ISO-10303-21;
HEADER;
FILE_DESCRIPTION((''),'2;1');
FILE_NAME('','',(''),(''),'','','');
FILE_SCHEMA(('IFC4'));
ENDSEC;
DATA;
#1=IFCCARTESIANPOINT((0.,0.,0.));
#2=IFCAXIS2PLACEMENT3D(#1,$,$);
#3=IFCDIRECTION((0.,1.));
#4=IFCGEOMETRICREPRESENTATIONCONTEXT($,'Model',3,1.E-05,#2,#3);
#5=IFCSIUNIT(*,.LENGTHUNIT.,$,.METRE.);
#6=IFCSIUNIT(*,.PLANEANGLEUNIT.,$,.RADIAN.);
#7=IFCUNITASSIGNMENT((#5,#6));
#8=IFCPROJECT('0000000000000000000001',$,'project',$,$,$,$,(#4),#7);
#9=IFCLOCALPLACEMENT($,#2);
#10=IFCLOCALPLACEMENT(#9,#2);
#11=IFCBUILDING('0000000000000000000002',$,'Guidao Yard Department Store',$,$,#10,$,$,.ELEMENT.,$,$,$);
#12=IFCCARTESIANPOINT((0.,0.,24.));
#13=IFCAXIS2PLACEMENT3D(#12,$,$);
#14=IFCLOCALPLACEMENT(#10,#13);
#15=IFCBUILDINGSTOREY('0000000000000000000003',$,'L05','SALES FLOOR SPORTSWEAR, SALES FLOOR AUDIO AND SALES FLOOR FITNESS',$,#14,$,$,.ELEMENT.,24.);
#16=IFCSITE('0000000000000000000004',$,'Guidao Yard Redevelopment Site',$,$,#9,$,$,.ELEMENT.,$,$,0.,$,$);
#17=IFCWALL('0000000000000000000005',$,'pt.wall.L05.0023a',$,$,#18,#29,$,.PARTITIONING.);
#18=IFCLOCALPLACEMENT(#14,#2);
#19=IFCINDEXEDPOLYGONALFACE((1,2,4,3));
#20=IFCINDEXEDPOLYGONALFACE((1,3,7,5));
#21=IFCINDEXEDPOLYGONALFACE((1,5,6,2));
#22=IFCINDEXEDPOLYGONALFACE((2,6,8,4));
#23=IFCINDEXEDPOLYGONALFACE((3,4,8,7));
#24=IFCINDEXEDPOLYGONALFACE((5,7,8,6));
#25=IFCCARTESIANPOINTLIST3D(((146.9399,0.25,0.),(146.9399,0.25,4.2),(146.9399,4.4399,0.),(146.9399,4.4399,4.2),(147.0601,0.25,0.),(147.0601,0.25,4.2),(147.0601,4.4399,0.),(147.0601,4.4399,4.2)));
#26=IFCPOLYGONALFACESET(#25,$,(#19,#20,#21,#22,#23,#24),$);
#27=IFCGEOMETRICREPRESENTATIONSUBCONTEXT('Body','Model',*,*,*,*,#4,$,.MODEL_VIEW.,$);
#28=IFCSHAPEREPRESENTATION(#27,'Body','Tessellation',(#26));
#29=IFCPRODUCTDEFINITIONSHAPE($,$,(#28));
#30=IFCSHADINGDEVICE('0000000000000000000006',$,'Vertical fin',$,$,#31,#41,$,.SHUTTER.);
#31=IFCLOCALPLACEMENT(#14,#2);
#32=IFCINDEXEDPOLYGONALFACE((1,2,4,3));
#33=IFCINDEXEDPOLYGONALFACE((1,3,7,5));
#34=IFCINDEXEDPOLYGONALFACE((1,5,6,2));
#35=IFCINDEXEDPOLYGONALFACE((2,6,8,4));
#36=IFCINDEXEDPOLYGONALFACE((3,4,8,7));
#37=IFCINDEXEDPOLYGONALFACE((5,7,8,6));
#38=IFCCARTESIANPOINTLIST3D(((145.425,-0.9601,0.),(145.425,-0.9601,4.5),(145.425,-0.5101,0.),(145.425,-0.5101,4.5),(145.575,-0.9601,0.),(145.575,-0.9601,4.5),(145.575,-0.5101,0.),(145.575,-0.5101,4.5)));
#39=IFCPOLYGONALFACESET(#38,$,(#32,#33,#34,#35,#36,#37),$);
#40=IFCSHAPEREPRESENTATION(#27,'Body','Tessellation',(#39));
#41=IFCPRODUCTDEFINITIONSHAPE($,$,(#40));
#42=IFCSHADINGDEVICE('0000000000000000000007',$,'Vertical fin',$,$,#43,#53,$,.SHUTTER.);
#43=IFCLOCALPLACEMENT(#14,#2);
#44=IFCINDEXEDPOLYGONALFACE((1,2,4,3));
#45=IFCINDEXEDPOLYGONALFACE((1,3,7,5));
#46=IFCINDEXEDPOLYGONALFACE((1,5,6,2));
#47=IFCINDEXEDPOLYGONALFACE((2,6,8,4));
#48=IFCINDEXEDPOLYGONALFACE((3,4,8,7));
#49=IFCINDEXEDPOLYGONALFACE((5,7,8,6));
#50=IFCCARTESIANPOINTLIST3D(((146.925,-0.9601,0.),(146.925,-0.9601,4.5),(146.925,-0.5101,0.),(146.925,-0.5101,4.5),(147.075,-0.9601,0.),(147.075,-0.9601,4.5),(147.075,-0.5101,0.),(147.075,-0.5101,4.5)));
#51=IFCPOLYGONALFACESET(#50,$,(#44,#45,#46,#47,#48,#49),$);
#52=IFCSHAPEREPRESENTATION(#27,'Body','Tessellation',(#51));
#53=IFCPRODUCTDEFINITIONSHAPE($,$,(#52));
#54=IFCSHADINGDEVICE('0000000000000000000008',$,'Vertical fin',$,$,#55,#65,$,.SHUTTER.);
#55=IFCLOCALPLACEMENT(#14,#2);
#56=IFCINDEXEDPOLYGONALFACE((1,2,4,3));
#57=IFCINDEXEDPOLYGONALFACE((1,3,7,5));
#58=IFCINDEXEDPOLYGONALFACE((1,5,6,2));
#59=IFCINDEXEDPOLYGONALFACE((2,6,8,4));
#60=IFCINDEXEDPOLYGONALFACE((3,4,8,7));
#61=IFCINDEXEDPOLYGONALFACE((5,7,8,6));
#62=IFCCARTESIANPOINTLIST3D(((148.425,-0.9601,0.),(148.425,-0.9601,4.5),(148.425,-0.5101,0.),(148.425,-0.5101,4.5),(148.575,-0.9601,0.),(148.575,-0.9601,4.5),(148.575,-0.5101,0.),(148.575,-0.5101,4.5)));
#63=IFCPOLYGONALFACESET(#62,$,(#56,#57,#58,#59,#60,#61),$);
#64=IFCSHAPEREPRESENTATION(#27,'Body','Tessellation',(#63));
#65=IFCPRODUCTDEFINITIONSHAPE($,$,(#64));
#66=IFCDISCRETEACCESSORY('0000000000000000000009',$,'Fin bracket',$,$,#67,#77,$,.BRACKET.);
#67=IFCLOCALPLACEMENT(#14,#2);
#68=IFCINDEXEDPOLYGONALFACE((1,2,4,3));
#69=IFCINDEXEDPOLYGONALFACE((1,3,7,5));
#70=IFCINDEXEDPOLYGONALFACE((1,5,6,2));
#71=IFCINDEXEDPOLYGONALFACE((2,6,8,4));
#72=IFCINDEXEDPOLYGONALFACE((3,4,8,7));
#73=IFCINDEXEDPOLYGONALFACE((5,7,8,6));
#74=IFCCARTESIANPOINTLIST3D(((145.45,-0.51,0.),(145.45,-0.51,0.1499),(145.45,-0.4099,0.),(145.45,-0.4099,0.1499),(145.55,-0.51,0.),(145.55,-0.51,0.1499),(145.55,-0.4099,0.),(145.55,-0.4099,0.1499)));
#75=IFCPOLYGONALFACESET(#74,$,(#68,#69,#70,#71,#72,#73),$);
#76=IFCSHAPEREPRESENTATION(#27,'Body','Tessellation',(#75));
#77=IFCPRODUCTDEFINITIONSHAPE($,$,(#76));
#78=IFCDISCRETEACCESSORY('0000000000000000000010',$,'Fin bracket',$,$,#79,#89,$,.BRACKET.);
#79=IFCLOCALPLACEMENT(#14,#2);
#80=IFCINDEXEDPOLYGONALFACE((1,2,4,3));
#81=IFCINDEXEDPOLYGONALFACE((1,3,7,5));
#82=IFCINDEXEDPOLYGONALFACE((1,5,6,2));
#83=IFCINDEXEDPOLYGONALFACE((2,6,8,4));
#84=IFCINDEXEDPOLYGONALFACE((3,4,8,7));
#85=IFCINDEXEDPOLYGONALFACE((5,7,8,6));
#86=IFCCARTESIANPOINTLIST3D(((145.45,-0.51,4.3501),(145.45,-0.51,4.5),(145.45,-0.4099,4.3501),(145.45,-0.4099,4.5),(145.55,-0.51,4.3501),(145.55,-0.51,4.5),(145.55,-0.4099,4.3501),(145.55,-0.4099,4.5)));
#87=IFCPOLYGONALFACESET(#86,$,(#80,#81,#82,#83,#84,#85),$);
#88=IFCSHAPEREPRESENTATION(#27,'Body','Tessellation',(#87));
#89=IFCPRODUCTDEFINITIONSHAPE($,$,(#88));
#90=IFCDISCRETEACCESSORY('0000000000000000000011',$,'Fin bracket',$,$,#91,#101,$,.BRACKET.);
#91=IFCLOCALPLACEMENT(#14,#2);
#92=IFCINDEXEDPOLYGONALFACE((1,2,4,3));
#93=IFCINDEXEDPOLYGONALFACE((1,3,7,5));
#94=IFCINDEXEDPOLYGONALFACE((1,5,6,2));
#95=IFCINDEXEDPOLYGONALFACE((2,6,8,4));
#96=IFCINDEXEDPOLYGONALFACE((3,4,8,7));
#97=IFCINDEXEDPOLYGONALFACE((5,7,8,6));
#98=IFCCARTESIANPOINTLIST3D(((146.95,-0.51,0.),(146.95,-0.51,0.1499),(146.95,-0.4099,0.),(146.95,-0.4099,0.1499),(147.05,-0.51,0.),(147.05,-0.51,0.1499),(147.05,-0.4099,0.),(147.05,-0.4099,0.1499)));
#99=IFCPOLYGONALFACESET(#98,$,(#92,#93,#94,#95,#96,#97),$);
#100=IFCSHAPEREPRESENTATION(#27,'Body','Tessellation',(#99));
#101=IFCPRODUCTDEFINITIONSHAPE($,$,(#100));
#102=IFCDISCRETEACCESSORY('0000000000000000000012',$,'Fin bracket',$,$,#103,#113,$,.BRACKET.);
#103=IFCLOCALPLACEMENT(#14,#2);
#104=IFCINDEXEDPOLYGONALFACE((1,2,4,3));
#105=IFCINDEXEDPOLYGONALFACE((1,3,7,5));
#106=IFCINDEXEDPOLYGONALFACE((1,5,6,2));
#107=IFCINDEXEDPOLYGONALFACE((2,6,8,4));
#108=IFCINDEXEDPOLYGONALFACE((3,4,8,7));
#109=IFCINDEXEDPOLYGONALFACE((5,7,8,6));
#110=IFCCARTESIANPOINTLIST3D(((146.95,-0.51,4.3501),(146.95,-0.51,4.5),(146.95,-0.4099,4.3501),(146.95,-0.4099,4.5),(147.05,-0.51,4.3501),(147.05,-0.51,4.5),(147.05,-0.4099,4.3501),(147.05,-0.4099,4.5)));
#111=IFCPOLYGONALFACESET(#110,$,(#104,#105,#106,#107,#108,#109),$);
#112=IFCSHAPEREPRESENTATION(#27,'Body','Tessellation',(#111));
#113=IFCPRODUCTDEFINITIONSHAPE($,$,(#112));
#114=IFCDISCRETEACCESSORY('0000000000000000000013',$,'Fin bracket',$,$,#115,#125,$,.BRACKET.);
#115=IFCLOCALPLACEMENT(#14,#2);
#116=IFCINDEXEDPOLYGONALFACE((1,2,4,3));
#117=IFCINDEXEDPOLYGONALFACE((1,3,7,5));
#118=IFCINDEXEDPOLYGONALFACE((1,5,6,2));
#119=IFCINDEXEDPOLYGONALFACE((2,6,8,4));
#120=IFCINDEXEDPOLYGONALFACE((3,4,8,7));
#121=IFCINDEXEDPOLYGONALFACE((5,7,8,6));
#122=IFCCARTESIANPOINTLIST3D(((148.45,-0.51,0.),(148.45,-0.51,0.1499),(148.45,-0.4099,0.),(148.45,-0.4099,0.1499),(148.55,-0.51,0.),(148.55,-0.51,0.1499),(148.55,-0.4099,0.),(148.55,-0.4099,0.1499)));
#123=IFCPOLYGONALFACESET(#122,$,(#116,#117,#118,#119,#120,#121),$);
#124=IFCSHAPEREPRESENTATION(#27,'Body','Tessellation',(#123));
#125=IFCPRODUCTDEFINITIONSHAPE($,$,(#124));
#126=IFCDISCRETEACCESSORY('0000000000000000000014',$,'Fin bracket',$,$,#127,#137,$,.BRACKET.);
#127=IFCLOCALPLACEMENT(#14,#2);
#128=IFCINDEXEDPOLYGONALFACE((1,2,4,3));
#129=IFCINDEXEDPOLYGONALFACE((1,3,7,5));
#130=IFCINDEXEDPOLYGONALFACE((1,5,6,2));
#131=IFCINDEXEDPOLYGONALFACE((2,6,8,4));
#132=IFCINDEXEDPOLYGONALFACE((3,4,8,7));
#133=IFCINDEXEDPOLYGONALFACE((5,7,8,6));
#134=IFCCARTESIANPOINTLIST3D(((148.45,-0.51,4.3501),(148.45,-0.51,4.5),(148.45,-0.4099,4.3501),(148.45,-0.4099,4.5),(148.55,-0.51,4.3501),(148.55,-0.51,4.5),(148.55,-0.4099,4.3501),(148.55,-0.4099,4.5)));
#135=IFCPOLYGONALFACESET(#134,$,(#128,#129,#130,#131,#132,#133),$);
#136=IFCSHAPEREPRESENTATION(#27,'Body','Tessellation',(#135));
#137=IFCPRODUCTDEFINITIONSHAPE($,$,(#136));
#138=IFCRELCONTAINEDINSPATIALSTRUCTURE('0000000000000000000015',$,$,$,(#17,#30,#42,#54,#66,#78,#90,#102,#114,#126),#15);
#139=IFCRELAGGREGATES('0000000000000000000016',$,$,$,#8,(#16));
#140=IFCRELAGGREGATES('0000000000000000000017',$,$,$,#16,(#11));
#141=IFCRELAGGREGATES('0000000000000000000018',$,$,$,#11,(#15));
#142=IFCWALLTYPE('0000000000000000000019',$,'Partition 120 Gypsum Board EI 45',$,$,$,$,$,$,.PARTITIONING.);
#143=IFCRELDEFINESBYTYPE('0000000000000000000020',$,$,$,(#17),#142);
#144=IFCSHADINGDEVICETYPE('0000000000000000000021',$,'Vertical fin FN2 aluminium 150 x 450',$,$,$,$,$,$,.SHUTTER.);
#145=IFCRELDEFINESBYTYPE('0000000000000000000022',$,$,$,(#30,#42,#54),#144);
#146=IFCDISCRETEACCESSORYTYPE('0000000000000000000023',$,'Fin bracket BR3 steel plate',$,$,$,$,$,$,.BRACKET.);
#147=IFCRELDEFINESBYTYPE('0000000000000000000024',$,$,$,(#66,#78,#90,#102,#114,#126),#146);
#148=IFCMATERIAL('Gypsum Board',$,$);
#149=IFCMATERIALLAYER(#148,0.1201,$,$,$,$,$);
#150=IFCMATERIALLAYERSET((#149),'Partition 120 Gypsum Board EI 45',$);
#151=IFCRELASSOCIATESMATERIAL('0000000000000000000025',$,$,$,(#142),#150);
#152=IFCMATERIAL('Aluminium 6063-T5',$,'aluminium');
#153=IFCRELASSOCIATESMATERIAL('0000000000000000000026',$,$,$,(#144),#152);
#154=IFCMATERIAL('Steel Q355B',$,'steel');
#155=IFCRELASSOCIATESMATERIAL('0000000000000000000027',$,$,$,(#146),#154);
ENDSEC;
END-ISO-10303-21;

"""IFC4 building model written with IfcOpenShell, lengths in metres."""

from ifc_helpers import new_model, si_unit, direction, frame, frame_2d, origin, origin_2d, place, context, subcontext, project, spatial, rectangle, extrude, material, layer, layer_set, type_object, element, save


model = new_model("IFC4")

# Units and contexts
model_context = context("Model", 3, precision=1e-05, world=origin(), true_north=direction((0.0, 1.0)))
body_context = subcontext(model_context, "Body", "Model", "MODEL_VIEW")
ifc_project = project(units=[si_unit("LENGTHUNIT", "METRE"), si_unit("PLANEANGLEUNIT", "RADIAN")], contexts=[model_context])

# Site, building, storey
site_placement = place(None, origin())
site = spatial("IfcSite", under=ifc_project, at=site_placement, Name="Guidao Yard Redevelopment Site", CompositionType="ELEMENT", RefElevation=0.0)
building_placement = place(site_placement, origin())
building = spatial("IfcBuilding", under=site, at=building_placement, Name="Guidao Yard Department Store", CompositionType="ELEMENT")
storey_placement = place(building_placement, frame((0.0, 0.0, 24.0)))
storey = spatial("IfcBuildingStorey", under=building, at=storey_placement, Name="L05", Description="SALES FLOOR SPORTSWEAR, SALES FLOOR AUDIO AND SALES FLOOR FITNESS", CompositionType="ELEMENT", Elevation=24.0)

# Wall
ifc_material_1 = material(Name="Gypsum Board")
ifc_layer_1 = layer(ifc_material_1, 0.1201)
ifc_layer_set_1 = layer_set([ifc_layer_1], Name="Partition 120 Gypsum Board EI 45")
wall_type = type_object("IfcWallType", Name="Partition 120 Gypsum Board EI 45", PredefinedType="PARTITIONING", material=ifc_layer_set_1)
wall_1_placement = place(storey_placement, frame((147.0, 0.25, 0.0), z_axis=(0.0, 0.0, 1.0), x_axis=(0.0, 1.0, 0.0)))
element("IfcWall", 1, at=wall_1_placement, inside=storey, type_object=wall_type, Name="pt.wall.L05.0023a", PredefinedType="PARTITIONING", context=body_context, shape_type="SweptSolid", body=[
    extrude(rectangle(XDim=4.1899, YDim=0.1201, at=frame_2d((2.095, 0.0))), origin(), (0.0, 0.0, 1.0), 4.2),
])

# Shading devices
ifc_material_2 = material(Name="Aluminium 6063-T5", Category="aluminium")
shading_device_type = type_object("IfcShadingDeviceType", Name="Vertical fin FN2 aluminium 150 x 450", PredefinedType="SHUTTER", material=ifc_material_2)
for number, where, z_axis, x_axis, name in (
    (2, (145.5, -0.7351, 0.0), (0.0, 0.0, 1.0), (-1.0, 0.0, 0.0), "Vertical fin"),
    (3, (147.0, -0.7351, 0.0), (0.0, 0.0, 1.0), (-1.0, 0.0, 0.0), "Vertical fin"),
    (4, (148.5, -0.7351, 0.0), (0.0, 0.0, 1.0), (-1.0, 0.0, 0.0), "Vertical fin"),
):
    element("IfcShadingDevice", number, at=place(storey_placement, frame(where, z_axis=z_axis, x_axis=x_axis)), inside=storey, type_object=shading_device_type, Name=name, PredefinedType="SHUTTER", context=body_context, shape_type="SweptSolid", body=[
        extrude(rectangle(XDim=0.1499, YDim=0.45, at=origin_2d()), origin(), (0.0, 0.0, 1.0), 4.5),
    ])

# Discrete accessories
ifc_material_3 = material(Name="Steel Q355B", Category="steel")
discrete_accessory_type = type_object("IfcDiscreteAccessoryType", Name="Fin bracket BR3 steel plate", PredefinedType="BRACKET", material=ifc_material_3)
for number, where, z_axis, x_axis, name in (
    (5, (145.5, -0.46, 0.0), (0.0, 0.0, 1.0), (-1.0, 0.0, 0.0), "Fin bracket"),
    (6, (145.5, -0.46, 4.3501), (0.0, 0.0, 1.0), (-1.0, 0.0, 0.0), "Fin bracket"),
    (7, (147.0, -0.46, 0.0), (0.0, 0.0, 1.0), (-1.0, 0.0, 0.0), "Fin bracket"),
    (8, (147.0, -0.46, 4.3501), (0.0, 0.0, 1.0), (-1.0, 0.0, 0.0), "Fin bracket"),
    (9, (148.5, -0.46, 0.0), (0.0, 0.0, 1.0), (-1.0, 0.0, 0.0), "Fin bracket"),
    (10, (148.5, -0.46, 4.3501), (0.0, 0.0, 1.0), (-1.0, 0.0, 0.0), "Fin bracket"),
):
    element("IfcDiscreteAccessory", number, at=place(storey_placement, frame(where, z_axis=z_axis, x_axis=x_axis)), inside=storey, type_object=discrete_accessory_type, Name=name, PredefinedType="BRACKET", context=body_context, shape_type="SweptSolid", body=[
        extrude(rectangle(XDim=0.1001, YDim=0.1001, at=origin_2d()), origin(), (0.0, 0.0, 1.0), 0.1499),
    ])

save(model, "model.ifc")
